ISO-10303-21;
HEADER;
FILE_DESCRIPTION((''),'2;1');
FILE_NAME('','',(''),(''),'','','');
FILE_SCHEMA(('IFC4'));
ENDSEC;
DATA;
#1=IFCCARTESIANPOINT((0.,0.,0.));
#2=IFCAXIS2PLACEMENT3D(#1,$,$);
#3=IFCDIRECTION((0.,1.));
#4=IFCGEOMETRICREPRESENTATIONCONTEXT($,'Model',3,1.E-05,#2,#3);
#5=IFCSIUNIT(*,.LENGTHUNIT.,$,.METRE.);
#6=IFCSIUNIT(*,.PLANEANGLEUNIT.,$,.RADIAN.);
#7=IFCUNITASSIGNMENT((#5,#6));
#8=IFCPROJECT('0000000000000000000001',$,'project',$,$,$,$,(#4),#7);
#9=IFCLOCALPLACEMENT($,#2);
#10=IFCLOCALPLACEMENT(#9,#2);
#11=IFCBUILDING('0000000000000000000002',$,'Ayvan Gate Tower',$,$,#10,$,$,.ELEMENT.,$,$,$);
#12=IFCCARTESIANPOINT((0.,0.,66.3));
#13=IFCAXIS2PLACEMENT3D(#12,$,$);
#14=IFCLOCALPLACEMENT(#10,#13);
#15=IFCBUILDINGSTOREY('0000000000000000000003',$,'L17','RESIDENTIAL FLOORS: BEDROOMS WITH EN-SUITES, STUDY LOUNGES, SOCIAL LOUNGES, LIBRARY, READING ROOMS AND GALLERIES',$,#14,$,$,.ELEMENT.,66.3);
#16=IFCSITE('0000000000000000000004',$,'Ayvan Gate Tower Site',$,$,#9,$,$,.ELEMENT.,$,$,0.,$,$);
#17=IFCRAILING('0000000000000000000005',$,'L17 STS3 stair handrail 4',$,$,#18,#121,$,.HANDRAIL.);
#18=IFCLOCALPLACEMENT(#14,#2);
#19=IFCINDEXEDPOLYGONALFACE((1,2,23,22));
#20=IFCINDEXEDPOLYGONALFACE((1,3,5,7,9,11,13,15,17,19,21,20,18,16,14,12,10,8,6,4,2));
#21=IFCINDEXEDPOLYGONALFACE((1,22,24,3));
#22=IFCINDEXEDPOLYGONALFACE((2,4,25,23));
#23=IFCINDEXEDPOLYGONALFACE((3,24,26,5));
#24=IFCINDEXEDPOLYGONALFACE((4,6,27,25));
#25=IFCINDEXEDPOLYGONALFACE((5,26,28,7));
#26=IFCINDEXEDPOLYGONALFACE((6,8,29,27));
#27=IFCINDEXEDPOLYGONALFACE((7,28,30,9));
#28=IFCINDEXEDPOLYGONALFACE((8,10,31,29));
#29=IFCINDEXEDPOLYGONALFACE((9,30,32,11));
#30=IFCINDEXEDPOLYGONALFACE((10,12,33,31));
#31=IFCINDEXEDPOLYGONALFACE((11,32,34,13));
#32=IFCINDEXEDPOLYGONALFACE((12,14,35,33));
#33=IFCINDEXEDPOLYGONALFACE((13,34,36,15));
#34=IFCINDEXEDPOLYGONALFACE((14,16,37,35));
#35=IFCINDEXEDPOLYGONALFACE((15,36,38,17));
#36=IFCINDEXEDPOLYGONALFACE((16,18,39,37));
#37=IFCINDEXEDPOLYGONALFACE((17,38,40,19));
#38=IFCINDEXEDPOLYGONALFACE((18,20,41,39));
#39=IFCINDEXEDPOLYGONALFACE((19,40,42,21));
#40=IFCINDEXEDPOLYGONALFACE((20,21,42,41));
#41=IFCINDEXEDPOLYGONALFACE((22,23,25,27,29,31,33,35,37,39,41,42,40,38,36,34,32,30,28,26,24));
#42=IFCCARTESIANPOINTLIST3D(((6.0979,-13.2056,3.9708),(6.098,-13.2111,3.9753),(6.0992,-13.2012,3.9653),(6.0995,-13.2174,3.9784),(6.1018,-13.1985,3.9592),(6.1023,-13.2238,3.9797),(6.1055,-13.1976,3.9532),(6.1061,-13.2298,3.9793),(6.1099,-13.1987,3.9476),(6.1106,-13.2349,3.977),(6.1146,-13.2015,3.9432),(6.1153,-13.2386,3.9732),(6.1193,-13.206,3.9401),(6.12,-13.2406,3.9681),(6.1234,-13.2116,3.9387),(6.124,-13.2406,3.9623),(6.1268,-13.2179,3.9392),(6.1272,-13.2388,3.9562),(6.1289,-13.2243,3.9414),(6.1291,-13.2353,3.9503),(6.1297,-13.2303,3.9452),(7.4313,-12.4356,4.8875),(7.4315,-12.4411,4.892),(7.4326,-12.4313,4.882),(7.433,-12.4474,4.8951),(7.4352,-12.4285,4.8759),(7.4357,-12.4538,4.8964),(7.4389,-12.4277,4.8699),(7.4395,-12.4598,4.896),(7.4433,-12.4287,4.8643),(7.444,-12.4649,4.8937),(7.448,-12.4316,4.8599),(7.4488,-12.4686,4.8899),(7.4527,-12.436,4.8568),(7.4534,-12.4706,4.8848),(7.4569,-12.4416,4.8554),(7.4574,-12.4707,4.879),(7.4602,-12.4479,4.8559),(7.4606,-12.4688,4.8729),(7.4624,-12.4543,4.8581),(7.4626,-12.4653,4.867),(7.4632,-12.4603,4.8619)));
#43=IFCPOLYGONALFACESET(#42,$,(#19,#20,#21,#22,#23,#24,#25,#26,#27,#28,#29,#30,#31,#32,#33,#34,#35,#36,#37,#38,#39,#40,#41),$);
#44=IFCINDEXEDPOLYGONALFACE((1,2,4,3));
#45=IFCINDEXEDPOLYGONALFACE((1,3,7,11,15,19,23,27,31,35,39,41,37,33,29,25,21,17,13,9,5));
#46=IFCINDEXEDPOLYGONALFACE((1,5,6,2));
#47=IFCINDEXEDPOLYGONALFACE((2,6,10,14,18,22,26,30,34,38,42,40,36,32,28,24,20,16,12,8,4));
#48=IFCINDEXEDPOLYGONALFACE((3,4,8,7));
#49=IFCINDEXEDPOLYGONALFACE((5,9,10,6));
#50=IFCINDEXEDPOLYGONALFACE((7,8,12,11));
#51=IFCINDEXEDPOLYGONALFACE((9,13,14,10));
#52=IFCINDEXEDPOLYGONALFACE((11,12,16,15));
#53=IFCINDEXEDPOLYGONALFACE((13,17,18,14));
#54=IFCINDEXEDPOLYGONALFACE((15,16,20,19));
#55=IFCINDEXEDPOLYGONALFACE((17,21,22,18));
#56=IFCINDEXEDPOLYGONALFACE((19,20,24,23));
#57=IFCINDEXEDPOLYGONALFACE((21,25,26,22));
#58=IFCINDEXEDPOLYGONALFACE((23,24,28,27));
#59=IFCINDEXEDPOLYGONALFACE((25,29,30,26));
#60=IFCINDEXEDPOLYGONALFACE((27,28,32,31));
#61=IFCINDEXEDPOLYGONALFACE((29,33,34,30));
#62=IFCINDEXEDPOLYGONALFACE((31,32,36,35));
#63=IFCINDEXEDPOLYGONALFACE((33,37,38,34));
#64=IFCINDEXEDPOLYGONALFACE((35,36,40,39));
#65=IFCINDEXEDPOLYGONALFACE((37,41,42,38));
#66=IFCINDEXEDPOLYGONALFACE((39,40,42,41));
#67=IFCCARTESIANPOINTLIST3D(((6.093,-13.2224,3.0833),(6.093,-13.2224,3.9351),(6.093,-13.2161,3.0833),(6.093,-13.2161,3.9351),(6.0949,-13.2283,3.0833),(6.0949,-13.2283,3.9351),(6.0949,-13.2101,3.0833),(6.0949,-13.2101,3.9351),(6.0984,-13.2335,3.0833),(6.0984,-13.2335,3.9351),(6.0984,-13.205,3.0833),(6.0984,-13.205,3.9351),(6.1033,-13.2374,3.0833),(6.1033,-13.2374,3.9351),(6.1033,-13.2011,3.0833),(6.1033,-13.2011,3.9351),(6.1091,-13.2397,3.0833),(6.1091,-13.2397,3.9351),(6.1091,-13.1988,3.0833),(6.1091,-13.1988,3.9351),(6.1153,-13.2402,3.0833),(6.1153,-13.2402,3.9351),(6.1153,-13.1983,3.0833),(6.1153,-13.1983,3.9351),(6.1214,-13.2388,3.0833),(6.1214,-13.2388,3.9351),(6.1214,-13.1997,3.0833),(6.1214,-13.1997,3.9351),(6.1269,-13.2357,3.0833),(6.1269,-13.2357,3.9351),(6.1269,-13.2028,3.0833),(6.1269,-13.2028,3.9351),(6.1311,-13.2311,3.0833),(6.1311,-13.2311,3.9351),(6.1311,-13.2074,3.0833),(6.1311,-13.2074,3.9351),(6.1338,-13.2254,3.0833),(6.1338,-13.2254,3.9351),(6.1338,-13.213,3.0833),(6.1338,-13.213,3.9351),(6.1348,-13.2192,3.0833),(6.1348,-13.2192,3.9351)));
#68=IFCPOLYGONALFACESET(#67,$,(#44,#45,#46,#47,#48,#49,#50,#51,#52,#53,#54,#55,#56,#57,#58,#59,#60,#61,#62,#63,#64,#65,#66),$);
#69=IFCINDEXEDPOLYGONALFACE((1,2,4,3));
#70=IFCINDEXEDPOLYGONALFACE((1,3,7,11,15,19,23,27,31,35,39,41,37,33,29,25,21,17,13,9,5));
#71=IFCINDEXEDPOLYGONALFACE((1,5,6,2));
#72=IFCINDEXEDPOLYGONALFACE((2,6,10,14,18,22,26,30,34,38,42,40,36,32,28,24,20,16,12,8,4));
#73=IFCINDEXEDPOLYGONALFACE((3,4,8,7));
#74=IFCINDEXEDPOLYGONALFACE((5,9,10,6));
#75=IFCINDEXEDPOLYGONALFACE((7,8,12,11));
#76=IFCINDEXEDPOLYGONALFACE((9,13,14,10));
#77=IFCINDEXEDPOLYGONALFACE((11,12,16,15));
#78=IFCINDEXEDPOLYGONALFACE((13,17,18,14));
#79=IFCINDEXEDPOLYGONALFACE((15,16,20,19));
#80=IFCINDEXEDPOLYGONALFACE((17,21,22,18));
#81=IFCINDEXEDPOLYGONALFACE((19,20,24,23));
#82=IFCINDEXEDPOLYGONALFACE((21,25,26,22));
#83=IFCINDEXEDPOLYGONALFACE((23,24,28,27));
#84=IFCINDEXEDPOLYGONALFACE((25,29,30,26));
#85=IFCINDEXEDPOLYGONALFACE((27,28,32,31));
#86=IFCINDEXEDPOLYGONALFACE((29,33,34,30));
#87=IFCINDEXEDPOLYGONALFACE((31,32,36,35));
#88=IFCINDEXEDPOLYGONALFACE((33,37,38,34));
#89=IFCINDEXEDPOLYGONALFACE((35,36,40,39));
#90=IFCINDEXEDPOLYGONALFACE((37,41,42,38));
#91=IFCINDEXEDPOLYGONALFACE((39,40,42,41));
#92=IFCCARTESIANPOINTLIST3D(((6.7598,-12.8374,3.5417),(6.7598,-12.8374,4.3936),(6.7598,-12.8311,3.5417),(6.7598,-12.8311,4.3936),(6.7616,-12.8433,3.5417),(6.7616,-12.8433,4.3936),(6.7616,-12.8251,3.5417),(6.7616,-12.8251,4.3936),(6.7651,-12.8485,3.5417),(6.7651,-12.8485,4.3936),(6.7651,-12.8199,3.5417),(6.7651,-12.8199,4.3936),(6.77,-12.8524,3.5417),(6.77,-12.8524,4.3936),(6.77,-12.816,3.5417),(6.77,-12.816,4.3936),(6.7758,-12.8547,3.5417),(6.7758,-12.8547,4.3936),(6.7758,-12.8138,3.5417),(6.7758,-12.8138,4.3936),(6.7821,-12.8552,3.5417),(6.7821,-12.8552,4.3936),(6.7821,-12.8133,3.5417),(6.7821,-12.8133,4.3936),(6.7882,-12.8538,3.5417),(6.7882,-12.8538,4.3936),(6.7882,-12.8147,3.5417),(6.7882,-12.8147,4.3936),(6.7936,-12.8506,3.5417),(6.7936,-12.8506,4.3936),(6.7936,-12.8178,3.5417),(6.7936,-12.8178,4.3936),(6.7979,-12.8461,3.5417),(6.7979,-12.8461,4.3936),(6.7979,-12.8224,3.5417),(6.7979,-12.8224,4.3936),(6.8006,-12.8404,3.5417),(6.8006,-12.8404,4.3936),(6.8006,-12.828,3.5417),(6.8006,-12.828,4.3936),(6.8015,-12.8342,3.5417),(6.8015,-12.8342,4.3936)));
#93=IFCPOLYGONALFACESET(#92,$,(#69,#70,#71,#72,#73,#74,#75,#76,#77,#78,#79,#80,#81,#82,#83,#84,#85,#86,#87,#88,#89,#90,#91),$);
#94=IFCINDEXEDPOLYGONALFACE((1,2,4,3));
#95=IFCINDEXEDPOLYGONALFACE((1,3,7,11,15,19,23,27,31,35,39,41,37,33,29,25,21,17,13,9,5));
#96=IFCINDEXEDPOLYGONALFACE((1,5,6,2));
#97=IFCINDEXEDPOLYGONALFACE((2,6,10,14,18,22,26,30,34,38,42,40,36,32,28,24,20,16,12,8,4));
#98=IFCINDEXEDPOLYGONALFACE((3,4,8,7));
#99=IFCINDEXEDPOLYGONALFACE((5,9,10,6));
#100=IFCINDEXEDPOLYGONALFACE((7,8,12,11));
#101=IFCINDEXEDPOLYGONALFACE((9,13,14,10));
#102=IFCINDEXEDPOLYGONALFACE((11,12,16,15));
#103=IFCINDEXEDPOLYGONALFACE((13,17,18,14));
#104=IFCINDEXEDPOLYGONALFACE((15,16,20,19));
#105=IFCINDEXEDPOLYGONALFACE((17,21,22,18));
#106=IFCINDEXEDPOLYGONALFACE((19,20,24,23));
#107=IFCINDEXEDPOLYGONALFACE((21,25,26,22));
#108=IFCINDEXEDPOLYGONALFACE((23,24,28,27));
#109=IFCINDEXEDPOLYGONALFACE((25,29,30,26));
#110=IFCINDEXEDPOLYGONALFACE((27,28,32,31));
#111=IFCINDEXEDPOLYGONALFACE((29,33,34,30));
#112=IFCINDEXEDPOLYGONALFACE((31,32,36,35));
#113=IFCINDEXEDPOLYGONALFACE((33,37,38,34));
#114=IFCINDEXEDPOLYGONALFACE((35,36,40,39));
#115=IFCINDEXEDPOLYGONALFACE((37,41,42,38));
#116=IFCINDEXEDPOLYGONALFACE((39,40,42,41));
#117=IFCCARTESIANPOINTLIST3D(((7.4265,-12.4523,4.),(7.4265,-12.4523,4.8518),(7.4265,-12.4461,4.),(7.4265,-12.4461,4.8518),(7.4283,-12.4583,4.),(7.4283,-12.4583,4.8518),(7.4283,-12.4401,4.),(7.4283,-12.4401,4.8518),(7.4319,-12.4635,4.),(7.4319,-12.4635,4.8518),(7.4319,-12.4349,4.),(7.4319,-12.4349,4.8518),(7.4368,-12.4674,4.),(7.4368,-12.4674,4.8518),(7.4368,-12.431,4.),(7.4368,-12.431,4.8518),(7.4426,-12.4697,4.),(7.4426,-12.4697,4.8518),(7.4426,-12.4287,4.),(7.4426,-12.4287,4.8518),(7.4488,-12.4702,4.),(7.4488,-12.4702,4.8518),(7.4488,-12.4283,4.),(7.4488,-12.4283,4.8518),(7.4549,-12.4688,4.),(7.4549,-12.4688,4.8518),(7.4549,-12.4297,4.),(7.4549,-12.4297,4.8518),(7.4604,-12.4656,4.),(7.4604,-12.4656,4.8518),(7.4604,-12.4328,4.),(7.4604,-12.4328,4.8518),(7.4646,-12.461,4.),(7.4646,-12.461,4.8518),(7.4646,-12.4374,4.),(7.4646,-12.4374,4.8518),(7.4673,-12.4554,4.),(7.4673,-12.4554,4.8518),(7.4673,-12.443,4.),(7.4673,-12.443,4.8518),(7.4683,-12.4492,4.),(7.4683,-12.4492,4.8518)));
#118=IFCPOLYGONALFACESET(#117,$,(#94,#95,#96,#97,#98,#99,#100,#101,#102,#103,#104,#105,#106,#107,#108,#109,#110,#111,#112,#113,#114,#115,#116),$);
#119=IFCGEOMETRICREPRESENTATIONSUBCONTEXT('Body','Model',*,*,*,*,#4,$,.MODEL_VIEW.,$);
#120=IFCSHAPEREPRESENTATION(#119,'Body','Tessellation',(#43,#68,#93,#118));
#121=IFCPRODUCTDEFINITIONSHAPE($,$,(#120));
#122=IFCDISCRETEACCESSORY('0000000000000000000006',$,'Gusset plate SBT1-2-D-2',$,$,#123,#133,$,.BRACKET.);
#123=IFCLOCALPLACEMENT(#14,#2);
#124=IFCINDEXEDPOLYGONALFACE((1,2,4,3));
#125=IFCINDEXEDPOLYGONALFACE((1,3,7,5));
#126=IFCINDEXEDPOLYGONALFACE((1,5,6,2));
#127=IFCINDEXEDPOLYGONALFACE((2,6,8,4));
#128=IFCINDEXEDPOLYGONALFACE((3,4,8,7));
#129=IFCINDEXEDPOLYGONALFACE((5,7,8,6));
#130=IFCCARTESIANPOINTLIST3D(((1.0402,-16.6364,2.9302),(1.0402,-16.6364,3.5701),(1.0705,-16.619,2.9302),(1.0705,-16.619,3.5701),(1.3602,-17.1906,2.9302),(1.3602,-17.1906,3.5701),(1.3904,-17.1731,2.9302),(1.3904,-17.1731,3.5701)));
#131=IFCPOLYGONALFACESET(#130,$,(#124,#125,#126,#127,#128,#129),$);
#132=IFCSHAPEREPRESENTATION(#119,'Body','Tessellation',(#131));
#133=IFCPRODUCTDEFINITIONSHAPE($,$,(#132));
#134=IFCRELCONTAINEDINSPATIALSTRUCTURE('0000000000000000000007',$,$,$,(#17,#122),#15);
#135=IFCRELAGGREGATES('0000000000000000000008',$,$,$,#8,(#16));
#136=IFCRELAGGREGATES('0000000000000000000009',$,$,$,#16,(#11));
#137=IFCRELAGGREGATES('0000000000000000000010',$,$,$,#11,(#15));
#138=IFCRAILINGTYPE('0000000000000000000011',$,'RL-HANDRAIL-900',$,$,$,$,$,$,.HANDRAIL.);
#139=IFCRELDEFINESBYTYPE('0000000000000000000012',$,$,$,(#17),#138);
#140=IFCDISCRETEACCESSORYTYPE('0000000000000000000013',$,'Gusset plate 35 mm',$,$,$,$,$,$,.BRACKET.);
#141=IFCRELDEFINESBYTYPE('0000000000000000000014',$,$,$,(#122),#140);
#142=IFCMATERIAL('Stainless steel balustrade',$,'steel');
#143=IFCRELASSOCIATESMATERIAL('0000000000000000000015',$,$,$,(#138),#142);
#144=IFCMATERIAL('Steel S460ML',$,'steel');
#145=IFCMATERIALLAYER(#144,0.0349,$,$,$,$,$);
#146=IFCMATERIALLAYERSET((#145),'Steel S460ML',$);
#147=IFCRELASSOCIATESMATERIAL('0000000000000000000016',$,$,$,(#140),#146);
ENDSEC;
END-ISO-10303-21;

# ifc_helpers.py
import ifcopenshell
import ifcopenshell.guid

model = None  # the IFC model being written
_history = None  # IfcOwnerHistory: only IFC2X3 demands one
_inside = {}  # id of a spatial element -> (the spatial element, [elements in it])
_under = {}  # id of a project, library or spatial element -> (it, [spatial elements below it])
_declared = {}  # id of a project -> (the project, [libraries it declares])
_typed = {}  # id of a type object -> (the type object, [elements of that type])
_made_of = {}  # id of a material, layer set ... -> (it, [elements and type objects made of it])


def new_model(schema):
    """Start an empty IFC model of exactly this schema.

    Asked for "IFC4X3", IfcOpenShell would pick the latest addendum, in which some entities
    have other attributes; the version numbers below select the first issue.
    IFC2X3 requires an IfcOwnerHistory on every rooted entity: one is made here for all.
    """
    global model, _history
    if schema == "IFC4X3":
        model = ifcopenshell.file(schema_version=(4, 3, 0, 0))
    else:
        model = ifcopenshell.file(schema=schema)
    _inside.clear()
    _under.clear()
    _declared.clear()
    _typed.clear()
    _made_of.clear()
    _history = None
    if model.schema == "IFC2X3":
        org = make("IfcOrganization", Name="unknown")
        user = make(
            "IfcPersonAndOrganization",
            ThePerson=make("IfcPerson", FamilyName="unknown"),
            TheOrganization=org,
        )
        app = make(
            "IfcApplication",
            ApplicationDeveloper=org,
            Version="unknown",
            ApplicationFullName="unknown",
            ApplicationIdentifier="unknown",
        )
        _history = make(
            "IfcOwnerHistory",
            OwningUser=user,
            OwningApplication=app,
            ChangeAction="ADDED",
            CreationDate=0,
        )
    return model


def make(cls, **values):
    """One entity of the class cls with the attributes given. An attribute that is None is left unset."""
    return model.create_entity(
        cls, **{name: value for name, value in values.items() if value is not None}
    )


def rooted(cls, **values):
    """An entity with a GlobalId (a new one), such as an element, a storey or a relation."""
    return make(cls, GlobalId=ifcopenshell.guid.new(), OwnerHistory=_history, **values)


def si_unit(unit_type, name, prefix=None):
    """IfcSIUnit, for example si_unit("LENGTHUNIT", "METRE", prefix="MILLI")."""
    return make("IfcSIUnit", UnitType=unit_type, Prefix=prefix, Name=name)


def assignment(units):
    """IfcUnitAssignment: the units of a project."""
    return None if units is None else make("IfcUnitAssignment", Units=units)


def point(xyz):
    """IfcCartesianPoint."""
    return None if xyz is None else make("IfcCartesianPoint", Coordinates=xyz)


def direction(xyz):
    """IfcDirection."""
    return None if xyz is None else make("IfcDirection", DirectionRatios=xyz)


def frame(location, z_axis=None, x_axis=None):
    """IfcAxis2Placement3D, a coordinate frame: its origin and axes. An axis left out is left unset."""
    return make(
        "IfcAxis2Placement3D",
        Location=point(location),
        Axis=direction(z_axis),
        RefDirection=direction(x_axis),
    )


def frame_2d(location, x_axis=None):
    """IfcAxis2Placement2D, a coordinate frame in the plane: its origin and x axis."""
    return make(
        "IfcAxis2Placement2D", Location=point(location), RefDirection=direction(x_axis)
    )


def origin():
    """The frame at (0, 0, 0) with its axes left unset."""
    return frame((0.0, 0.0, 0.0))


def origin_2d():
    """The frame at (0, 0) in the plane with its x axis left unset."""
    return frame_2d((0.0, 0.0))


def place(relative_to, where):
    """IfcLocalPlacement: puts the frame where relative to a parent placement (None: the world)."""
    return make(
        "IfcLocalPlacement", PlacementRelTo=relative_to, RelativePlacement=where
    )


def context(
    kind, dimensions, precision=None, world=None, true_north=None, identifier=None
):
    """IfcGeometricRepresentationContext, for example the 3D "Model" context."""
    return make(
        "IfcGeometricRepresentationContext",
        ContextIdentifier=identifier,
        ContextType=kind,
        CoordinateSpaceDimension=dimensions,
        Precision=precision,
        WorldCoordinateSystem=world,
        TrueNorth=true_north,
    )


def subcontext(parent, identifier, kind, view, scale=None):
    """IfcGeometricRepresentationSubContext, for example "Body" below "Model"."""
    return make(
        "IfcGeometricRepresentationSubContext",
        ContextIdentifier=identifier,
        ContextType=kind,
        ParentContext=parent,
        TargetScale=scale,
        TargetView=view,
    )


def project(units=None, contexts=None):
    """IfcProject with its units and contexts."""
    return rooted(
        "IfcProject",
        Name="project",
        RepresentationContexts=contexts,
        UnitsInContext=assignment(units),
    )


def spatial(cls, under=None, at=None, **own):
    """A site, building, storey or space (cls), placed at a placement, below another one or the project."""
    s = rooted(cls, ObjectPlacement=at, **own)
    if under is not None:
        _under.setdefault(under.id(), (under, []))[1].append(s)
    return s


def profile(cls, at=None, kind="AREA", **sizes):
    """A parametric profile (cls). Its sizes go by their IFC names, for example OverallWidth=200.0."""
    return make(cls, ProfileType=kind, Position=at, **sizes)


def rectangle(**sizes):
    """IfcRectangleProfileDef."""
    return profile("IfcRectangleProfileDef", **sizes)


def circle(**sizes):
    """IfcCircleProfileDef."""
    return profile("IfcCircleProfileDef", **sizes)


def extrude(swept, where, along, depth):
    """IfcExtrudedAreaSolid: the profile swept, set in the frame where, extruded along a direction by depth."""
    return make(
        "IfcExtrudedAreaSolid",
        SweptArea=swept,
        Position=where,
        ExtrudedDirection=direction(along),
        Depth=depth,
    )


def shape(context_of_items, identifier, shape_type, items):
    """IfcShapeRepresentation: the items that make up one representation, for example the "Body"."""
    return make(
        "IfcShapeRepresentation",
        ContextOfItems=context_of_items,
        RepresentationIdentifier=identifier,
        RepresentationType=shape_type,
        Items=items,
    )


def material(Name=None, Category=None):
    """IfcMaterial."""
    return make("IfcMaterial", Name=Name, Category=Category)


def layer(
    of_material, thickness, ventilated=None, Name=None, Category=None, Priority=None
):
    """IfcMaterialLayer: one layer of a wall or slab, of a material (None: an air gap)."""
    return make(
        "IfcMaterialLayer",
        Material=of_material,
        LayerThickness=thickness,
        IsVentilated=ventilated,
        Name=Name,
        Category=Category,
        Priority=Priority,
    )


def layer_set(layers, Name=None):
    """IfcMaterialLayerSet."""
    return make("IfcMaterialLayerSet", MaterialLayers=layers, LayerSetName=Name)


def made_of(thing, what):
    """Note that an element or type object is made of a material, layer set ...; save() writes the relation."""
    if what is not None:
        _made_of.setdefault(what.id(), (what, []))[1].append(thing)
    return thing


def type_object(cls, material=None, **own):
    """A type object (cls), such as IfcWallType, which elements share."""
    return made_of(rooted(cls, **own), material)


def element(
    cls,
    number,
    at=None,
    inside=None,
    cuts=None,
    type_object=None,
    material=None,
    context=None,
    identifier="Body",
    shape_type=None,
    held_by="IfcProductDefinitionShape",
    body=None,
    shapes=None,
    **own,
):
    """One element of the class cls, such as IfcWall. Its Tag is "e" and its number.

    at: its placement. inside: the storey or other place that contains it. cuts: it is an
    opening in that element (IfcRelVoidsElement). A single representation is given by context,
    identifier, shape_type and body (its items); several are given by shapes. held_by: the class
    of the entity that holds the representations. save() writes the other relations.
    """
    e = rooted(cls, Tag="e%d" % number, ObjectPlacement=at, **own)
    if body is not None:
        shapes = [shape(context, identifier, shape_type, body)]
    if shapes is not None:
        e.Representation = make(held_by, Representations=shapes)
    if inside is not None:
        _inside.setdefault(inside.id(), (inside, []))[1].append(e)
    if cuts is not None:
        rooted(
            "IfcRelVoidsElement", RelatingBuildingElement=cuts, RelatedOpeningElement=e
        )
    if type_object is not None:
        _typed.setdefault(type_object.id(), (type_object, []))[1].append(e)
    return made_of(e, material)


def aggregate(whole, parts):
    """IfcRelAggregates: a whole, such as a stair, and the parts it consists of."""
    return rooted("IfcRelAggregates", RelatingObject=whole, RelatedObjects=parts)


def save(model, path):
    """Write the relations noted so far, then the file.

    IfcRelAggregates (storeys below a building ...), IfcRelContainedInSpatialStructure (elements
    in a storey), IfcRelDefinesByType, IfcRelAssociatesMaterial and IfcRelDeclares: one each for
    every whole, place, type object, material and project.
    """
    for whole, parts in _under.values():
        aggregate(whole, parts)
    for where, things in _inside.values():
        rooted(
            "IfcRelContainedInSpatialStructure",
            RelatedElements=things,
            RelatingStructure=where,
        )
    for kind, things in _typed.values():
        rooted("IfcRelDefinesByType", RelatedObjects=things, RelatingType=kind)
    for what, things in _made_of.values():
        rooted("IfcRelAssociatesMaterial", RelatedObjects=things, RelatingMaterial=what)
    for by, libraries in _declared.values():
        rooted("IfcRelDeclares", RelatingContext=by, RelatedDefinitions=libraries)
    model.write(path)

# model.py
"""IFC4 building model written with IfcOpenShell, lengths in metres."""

from ifc_helpers import new_model, si_unit, direction, frame, origin, origin_2d, place, context, subcontext, project, spatial, rectangle, circle, extrude, material, layer, layer_set, type_object, element, save


model = new_model("IFC4")

# Units and contexts
model_context = context("Model", 3, precision=1e-05, world=origin(), true_north=direction((0.0, 1.0)))
body_context = subcontext(model_context, "Body", "Model", "MODEL_VIEW")
ifc_project = project(units=[si_unit("LENGTHUNIT", "METRE"), si_unit("PLANEANGLEUNIT", "RADIAN")], contexts=[model_context])

# Site, building, storey
site_placement = place(None, origin())
site = spatial("IfcSite", under=ifc_project, at=site_placement, Name="Ayvan Gate Tower Site", CompositionType="ELEMENT", RefElevation=0.0)
building_placement = place(site_placement, origin())
building = spatial("IfcBuilding", under=site, at=building_placement, Name="Ayvan Gate Tower", CompositionType="ELEMENT")
storey_placement = place(building_placement, frame((0.0, 0.0, 66.3)))
storey = spatial("IfcBuildingStorey", under=building, at=storey_placement, Name="L17", Description="RESIDENTIAL FLOORS: BEDROOMS WITH EN-SUITES, STUDY LOUNGES, SOCIAL LOUNGES, LIBRARY, READING ROOMS AND GALLERIES", CompositionType="ELEMENT", Elevation=66.3)

# Railing
ifc_material_1 = material(Name="Stainless steel balustrade", Category="steel")
railing_type_1 = type_object("IfcRailingType", Name="RL-HANDRAIL-900", PredefinedType="HANDRAIL", material=ifc_material_1)
railing_1_placement = place(storey_placement, frame((6.1138, -13.2192, 3.0833)))
element("IfcRailing", 1, at=railing_1_placement, inside=storey, type_object=railing_type_1, Name="L17 STS3 stair handrail 4", PredefinedType="HANDRAIL", context=body_context, shape_type="SweptSolid", body=[
    extrude(circle(Radius=0.0239, at=origin_2d()), frame((0.0, 0.0, 0.876), z_axis=(0.744103, 0.429678, 0.511554), x_axis=(-0.500061, 0.86599, 0.0)), (0.0, 0.0, 1.0), 1.792),
    extrude(circle(Radius=0.021, at=origin_2d()), origin(), (0.0, 0.0, 1.0), 0.8518),
    extrude(circle(Radius=0.021, at=origin_2d()), frame((0.6667, 0.385, 0.4585)), (0.0, 0.0, 1.0), 0.8518),
    extrude(circle(Radius=0.021, at=origin_2d()), frame((1.3335, 0.77, 0.9167)), (0.0, 0.0, 1.0), 0.8518),
])

# Discrete accessory
ifc_material_2 = material(Name="Steel S460ML", Category="steel")
ifc_layer_1 = layer(ifc_material_2, 0.0349)
ifc_layer_set_1 = layer_set([ifc_layer_1], Name="Steel S460ML")
discrete_accessory_type = type_object("IfcDiscreteAccessoryType", Name="Gusset plate 35 mm", PredefinedType="BRACKET", material=ifc_layer_set_1)
discrete_accessory_placement = place(storey_placement, frame((1.2153, -16.9048, 2.9302), z_axis=(0.0, 0.0, 1.0), x_axis=(-0.5, 0.866025, 0.0)))
element("IfcDiscreteAccessory", 2, at=discrete_accessory_placement, inside=storey, type_object=discrete_accessory_type, Name="Gusset plate SBT1-2-D-2", PredefinedType="BRACKET", context=body_context, shape_type="SweptSolid", body=[
    extrude(rectangle(XDim=0.6399, YDim=0.0349, at=origin_2d()), origin(), (0.0, 0.0, 1.0), 0.6399),
])

save(model, "model.ifc")
